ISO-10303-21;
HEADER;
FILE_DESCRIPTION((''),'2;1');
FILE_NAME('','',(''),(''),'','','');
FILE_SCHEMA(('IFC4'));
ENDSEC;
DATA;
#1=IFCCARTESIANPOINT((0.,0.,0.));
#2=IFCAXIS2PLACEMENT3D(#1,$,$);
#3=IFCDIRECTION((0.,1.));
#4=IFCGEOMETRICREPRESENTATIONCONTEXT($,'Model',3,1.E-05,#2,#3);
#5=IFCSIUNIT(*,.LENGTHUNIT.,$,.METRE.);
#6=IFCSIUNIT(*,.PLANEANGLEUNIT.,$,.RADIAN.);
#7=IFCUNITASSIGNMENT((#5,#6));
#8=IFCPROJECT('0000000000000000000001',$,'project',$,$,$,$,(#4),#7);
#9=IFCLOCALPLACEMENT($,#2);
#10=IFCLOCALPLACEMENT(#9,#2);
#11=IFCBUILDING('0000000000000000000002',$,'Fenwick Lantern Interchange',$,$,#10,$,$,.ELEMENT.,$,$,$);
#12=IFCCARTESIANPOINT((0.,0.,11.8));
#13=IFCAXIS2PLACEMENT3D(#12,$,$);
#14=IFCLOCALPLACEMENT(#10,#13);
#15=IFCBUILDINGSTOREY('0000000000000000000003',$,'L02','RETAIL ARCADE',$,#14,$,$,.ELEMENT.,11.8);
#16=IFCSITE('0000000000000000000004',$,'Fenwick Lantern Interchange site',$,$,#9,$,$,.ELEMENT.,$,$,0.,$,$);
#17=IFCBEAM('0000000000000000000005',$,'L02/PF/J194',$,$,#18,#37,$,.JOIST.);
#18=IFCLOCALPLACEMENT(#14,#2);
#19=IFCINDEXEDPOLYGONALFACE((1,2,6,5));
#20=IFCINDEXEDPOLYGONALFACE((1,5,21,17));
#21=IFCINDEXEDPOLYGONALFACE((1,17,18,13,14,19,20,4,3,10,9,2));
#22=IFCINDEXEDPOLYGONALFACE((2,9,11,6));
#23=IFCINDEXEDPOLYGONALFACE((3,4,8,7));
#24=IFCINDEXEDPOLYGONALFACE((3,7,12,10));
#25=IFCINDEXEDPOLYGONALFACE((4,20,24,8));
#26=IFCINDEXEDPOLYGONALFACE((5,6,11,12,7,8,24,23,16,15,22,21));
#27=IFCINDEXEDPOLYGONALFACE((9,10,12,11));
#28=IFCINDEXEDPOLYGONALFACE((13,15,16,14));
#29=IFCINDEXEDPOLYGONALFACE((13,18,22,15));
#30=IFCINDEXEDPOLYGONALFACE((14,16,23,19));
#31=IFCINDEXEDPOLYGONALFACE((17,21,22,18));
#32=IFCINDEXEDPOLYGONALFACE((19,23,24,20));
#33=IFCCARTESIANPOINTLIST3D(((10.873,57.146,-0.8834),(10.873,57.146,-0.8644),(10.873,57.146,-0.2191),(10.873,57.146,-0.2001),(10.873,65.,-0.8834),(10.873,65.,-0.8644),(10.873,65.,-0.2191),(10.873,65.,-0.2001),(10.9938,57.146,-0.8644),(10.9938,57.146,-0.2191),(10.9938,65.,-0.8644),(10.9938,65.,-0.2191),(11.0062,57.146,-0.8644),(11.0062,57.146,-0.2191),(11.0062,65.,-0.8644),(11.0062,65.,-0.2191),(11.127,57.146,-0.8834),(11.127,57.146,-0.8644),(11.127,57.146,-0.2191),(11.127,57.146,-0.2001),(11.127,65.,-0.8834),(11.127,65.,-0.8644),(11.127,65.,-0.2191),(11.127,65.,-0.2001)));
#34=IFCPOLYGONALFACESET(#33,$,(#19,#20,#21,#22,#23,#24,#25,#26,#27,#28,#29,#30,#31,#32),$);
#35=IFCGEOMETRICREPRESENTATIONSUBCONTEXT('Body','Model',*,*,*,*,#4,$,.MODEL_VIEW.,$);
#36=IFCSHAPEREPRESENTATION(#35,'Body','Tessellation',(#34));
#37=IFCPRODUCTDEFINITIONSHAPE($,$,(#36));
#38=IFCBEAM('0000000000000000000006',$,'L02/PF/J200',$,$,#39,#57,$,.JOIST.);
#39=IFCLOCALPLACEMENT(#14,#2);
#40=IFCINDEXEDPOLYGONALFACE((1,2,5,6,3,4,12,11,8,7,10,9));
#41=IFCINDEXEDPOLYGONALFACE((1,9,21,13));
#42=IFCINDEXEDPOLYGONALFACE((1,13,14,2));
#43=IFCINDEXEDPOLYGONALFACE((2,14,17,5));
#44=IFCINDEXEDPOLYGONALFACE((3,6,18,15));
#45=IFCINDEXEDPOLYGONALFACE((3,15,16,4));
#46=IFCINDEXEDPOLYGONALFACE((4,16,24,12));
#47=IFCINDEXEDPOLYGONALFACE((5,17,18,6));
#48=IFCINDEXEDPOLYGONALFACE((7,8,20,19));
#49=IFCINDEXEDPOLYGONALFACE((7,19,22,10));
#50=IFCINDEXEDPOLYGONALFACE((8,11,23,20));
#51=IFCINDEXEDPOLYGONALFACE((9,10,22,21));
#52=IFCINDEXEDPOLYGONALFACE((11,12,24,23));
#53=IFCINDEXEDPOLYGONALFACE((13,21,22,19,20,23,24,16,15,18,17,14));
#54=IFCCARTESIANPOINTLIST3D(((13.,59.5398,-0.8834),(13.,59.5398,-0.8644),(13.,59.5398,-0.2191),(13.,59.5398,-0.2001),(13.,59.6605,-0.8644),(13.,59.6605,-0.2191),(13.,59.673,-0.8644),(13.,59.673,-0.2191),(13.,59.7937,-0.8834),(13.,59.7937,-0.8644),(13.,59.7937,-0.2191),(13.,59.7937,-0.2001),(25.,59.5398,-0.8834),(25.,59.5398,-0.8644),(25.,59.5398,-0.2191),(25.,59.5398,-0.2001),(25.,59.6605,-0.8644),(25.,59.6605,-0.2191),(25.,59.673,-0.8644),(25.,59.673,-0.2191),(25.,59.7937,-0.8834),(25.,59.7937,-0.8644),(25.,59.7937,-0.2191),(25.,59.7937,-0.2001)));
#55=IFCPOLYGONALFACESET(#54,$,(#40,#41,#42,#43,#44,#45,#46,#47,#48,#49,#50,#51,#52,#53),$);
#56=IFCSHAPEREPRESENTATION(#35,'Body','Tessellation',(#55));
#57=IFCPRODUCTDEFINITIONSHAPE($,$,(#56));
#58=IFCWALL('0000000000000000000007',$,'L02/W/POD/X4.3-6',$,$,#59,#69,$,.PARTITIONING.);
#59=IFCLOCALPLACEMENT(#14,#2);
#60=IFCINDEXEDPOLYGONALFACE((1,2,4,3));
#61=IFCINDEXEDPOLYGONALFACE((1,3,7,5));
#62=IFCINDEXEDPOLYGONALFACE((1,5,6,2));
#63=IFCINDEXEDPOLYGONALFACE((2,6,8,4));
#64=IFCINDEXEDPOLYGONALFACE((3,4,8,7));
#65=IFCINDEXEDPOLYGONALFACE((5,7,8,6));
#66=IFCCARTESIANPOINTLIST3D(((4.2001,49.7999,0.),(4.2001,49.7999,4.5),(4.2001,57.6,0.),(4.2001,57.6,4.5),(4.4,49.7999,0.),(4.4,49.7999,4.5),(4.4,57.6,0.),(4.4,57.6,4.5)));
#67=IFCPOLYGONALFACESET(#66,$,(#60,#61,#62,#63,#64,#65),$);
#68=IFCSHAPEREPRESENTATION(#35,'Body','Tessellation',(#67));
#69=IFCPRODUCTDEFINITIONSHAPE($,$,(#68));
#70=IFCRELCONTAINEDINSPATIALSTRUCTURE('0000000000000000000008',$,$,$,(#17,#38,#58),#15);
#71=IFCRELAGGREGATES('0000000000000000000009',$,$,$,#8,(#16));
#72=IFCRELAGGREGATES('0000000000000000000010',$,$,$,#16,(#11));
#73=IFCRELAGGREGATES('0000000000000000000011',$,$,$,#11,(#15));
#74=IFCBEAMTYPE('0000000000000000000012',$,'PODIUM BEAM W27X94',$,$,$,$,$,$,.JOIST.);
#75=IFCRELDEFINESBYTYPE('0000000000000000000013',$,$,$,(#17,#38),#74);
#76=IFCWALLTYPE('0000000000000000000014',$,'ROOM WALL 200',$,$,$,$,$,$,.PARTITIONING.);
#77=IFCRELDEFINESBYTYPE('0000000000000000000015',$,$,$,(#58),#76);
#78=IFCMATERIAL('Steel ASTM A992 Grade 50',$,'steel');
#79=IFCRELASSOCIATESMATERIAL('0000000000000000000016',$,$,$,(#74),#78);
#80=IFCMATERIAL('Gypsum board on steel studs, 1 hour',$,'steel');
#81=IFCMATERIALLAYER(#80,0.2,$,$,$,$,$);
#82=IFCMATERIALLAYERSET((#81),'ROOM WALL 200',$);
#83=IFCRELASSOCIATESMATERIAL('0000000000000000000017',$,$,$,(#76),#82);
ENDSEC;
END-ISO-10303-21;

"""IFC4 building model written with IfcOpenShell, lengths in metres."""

from ifc_helpers import new_model, si_unit, direction, frame, frame_2d, origin, origin_2d, place, context, subcontext, project, spatial, rectangle, i_section, extrude, material, layer, layer_set, material_profile, profile_set, type_object, element, save


model = new_model("IFC4")

# Units and contexts
model_context = context("Model", 3, precision=1e-05, world=origin(), true_north=direction((0.0, 1.0)))
body_context = subcontext(model_context, "Body", "Model", "MODEL_VIEW")
ifc_project = project(units=[si_unit("LENGTHUNIT", "METRE"), si_unit("PLANEANGLEUNIT", "RADIAN")], contexts=[model_context])

# Site, building, storey
site_placement = place(None, origin())
site = spatial("IfcSite", under=ifc_project, at=site_placement, Name="Fenwick Lantern Interchange site", CompositionType="ELEMENT", RefElevation=0.0)
building_placement = place(site_placement, origin())
building = spatial("IfcBuilding", under=site, at=building_placement, Name="Fenwick Lantern Interchange", CompositionType="ELEMENT")
storey_placement = place(building_placement, frame((0.0, 0.0, 11.8)))
storey = spatial("IfcBuildingStorey", under=building, at=storey_placement, Name="L02", Description="RETAIL ARCADE", CompositionType="ELEMENT", Elevation=11.8)

# Shared definitions
ifc_material_1 = material(Name="Steel ASTM A992 Grade 50", Category="steel")

# Beams
ifc_material_profile_1 = material_profile(ifc_material_1, i_section(OverallWidth=0.2539, OverallDepth=0.6833, WebThickness=0.0125, FlangeThickness=0.019, at=origin_2d()), Name="W27X94")
ifc_profile_set_1 = profile_set([ifc_material_profile_1], Name="Steel ASTM A992 Grade 50")
beam_type_1 = type_object("IfcBeamType", Name="PODIUM BEAM W27X94", PredefinedType="JOIST", material=ifc_profile_set_1)
beam_1_placement = place(storey_placement, frame((11.0, 57.146, -0.5417), z_axis=(0.0, 1.0, 0.0), x_axis=(-1.0, 0.0, 0.0)))
element("IfcBeam", 1, at=beam_1_placement, inside=storey, type_object=beam_type_1, Name="L02/PF/J194", PredefinedType="JOIST", context=body_context, shape_type="SweptSolid", body=[
    extrude(i_section(OverallWidth=0.2539, OverallDepth=0.6833, WebThickness=0.0125, FlangeThickness=0.019, at=origin_2d()), origin(), (0.0, 0.0, 1.0), 7.854),
])
beam_2_placement = place(storey_placement, frame((13.0, 59.6667, -0.5417), z_axis=(1.0, 0.0, 0.0), x_axis=(0.0, 1.0, 0.0)))
element("IfcBeam", 2, at=beam_2_placement, inside=storey, type_object=beam_type_1, Name="L02/PF/J200", PredefinedType="JOIST", context=body_context, shape_type="SweptSolid", body=[
    extrude(i_section(OverallWidth=0.2539, OverallDepth=0.6833, WebThickness=0.0125, FlangeThickness=0.019, at=origin_2d()), origin(), (0.0, 0.0, 1.0), 12.0),
])

# Wall
ifc_material_2 = material(Name="Gypsum board on steel studs, 1 hour", Category="steel")
ifc_layer = layer(ifc_material_2, 0.2)
ifc_layer_set = layer_set([ifc_layer], Name="ROOM WALL 200")
wall_type = type_object("IfcWallType", Name="ROOM WALL 200", PredefinedType="PARTITIONING", material=ifc_layer_set)
wall_placement = place(storey_placement, frame((4.3, 49.8, 0.0), z_axis=(0.0, 0.0, 1.0), x_axis=(0.0, 1.0, 0.0)))
element("IfcWall", 3, at=wall_placement, inside=storey, type_object=wall_type, Name="L02/W/POD/X4.3-6", PredefinedType="PARTITIONING", context=body_context, shape_type="SweptSolid", body=[
    extrude(rectangle(XDim=7.8, YDim=0.2, at=frame_2d((3.8999, 0.0))), origin(), (0.0, 0.0, 1.0), 4.5),
])

save(model, "model.ifc")
